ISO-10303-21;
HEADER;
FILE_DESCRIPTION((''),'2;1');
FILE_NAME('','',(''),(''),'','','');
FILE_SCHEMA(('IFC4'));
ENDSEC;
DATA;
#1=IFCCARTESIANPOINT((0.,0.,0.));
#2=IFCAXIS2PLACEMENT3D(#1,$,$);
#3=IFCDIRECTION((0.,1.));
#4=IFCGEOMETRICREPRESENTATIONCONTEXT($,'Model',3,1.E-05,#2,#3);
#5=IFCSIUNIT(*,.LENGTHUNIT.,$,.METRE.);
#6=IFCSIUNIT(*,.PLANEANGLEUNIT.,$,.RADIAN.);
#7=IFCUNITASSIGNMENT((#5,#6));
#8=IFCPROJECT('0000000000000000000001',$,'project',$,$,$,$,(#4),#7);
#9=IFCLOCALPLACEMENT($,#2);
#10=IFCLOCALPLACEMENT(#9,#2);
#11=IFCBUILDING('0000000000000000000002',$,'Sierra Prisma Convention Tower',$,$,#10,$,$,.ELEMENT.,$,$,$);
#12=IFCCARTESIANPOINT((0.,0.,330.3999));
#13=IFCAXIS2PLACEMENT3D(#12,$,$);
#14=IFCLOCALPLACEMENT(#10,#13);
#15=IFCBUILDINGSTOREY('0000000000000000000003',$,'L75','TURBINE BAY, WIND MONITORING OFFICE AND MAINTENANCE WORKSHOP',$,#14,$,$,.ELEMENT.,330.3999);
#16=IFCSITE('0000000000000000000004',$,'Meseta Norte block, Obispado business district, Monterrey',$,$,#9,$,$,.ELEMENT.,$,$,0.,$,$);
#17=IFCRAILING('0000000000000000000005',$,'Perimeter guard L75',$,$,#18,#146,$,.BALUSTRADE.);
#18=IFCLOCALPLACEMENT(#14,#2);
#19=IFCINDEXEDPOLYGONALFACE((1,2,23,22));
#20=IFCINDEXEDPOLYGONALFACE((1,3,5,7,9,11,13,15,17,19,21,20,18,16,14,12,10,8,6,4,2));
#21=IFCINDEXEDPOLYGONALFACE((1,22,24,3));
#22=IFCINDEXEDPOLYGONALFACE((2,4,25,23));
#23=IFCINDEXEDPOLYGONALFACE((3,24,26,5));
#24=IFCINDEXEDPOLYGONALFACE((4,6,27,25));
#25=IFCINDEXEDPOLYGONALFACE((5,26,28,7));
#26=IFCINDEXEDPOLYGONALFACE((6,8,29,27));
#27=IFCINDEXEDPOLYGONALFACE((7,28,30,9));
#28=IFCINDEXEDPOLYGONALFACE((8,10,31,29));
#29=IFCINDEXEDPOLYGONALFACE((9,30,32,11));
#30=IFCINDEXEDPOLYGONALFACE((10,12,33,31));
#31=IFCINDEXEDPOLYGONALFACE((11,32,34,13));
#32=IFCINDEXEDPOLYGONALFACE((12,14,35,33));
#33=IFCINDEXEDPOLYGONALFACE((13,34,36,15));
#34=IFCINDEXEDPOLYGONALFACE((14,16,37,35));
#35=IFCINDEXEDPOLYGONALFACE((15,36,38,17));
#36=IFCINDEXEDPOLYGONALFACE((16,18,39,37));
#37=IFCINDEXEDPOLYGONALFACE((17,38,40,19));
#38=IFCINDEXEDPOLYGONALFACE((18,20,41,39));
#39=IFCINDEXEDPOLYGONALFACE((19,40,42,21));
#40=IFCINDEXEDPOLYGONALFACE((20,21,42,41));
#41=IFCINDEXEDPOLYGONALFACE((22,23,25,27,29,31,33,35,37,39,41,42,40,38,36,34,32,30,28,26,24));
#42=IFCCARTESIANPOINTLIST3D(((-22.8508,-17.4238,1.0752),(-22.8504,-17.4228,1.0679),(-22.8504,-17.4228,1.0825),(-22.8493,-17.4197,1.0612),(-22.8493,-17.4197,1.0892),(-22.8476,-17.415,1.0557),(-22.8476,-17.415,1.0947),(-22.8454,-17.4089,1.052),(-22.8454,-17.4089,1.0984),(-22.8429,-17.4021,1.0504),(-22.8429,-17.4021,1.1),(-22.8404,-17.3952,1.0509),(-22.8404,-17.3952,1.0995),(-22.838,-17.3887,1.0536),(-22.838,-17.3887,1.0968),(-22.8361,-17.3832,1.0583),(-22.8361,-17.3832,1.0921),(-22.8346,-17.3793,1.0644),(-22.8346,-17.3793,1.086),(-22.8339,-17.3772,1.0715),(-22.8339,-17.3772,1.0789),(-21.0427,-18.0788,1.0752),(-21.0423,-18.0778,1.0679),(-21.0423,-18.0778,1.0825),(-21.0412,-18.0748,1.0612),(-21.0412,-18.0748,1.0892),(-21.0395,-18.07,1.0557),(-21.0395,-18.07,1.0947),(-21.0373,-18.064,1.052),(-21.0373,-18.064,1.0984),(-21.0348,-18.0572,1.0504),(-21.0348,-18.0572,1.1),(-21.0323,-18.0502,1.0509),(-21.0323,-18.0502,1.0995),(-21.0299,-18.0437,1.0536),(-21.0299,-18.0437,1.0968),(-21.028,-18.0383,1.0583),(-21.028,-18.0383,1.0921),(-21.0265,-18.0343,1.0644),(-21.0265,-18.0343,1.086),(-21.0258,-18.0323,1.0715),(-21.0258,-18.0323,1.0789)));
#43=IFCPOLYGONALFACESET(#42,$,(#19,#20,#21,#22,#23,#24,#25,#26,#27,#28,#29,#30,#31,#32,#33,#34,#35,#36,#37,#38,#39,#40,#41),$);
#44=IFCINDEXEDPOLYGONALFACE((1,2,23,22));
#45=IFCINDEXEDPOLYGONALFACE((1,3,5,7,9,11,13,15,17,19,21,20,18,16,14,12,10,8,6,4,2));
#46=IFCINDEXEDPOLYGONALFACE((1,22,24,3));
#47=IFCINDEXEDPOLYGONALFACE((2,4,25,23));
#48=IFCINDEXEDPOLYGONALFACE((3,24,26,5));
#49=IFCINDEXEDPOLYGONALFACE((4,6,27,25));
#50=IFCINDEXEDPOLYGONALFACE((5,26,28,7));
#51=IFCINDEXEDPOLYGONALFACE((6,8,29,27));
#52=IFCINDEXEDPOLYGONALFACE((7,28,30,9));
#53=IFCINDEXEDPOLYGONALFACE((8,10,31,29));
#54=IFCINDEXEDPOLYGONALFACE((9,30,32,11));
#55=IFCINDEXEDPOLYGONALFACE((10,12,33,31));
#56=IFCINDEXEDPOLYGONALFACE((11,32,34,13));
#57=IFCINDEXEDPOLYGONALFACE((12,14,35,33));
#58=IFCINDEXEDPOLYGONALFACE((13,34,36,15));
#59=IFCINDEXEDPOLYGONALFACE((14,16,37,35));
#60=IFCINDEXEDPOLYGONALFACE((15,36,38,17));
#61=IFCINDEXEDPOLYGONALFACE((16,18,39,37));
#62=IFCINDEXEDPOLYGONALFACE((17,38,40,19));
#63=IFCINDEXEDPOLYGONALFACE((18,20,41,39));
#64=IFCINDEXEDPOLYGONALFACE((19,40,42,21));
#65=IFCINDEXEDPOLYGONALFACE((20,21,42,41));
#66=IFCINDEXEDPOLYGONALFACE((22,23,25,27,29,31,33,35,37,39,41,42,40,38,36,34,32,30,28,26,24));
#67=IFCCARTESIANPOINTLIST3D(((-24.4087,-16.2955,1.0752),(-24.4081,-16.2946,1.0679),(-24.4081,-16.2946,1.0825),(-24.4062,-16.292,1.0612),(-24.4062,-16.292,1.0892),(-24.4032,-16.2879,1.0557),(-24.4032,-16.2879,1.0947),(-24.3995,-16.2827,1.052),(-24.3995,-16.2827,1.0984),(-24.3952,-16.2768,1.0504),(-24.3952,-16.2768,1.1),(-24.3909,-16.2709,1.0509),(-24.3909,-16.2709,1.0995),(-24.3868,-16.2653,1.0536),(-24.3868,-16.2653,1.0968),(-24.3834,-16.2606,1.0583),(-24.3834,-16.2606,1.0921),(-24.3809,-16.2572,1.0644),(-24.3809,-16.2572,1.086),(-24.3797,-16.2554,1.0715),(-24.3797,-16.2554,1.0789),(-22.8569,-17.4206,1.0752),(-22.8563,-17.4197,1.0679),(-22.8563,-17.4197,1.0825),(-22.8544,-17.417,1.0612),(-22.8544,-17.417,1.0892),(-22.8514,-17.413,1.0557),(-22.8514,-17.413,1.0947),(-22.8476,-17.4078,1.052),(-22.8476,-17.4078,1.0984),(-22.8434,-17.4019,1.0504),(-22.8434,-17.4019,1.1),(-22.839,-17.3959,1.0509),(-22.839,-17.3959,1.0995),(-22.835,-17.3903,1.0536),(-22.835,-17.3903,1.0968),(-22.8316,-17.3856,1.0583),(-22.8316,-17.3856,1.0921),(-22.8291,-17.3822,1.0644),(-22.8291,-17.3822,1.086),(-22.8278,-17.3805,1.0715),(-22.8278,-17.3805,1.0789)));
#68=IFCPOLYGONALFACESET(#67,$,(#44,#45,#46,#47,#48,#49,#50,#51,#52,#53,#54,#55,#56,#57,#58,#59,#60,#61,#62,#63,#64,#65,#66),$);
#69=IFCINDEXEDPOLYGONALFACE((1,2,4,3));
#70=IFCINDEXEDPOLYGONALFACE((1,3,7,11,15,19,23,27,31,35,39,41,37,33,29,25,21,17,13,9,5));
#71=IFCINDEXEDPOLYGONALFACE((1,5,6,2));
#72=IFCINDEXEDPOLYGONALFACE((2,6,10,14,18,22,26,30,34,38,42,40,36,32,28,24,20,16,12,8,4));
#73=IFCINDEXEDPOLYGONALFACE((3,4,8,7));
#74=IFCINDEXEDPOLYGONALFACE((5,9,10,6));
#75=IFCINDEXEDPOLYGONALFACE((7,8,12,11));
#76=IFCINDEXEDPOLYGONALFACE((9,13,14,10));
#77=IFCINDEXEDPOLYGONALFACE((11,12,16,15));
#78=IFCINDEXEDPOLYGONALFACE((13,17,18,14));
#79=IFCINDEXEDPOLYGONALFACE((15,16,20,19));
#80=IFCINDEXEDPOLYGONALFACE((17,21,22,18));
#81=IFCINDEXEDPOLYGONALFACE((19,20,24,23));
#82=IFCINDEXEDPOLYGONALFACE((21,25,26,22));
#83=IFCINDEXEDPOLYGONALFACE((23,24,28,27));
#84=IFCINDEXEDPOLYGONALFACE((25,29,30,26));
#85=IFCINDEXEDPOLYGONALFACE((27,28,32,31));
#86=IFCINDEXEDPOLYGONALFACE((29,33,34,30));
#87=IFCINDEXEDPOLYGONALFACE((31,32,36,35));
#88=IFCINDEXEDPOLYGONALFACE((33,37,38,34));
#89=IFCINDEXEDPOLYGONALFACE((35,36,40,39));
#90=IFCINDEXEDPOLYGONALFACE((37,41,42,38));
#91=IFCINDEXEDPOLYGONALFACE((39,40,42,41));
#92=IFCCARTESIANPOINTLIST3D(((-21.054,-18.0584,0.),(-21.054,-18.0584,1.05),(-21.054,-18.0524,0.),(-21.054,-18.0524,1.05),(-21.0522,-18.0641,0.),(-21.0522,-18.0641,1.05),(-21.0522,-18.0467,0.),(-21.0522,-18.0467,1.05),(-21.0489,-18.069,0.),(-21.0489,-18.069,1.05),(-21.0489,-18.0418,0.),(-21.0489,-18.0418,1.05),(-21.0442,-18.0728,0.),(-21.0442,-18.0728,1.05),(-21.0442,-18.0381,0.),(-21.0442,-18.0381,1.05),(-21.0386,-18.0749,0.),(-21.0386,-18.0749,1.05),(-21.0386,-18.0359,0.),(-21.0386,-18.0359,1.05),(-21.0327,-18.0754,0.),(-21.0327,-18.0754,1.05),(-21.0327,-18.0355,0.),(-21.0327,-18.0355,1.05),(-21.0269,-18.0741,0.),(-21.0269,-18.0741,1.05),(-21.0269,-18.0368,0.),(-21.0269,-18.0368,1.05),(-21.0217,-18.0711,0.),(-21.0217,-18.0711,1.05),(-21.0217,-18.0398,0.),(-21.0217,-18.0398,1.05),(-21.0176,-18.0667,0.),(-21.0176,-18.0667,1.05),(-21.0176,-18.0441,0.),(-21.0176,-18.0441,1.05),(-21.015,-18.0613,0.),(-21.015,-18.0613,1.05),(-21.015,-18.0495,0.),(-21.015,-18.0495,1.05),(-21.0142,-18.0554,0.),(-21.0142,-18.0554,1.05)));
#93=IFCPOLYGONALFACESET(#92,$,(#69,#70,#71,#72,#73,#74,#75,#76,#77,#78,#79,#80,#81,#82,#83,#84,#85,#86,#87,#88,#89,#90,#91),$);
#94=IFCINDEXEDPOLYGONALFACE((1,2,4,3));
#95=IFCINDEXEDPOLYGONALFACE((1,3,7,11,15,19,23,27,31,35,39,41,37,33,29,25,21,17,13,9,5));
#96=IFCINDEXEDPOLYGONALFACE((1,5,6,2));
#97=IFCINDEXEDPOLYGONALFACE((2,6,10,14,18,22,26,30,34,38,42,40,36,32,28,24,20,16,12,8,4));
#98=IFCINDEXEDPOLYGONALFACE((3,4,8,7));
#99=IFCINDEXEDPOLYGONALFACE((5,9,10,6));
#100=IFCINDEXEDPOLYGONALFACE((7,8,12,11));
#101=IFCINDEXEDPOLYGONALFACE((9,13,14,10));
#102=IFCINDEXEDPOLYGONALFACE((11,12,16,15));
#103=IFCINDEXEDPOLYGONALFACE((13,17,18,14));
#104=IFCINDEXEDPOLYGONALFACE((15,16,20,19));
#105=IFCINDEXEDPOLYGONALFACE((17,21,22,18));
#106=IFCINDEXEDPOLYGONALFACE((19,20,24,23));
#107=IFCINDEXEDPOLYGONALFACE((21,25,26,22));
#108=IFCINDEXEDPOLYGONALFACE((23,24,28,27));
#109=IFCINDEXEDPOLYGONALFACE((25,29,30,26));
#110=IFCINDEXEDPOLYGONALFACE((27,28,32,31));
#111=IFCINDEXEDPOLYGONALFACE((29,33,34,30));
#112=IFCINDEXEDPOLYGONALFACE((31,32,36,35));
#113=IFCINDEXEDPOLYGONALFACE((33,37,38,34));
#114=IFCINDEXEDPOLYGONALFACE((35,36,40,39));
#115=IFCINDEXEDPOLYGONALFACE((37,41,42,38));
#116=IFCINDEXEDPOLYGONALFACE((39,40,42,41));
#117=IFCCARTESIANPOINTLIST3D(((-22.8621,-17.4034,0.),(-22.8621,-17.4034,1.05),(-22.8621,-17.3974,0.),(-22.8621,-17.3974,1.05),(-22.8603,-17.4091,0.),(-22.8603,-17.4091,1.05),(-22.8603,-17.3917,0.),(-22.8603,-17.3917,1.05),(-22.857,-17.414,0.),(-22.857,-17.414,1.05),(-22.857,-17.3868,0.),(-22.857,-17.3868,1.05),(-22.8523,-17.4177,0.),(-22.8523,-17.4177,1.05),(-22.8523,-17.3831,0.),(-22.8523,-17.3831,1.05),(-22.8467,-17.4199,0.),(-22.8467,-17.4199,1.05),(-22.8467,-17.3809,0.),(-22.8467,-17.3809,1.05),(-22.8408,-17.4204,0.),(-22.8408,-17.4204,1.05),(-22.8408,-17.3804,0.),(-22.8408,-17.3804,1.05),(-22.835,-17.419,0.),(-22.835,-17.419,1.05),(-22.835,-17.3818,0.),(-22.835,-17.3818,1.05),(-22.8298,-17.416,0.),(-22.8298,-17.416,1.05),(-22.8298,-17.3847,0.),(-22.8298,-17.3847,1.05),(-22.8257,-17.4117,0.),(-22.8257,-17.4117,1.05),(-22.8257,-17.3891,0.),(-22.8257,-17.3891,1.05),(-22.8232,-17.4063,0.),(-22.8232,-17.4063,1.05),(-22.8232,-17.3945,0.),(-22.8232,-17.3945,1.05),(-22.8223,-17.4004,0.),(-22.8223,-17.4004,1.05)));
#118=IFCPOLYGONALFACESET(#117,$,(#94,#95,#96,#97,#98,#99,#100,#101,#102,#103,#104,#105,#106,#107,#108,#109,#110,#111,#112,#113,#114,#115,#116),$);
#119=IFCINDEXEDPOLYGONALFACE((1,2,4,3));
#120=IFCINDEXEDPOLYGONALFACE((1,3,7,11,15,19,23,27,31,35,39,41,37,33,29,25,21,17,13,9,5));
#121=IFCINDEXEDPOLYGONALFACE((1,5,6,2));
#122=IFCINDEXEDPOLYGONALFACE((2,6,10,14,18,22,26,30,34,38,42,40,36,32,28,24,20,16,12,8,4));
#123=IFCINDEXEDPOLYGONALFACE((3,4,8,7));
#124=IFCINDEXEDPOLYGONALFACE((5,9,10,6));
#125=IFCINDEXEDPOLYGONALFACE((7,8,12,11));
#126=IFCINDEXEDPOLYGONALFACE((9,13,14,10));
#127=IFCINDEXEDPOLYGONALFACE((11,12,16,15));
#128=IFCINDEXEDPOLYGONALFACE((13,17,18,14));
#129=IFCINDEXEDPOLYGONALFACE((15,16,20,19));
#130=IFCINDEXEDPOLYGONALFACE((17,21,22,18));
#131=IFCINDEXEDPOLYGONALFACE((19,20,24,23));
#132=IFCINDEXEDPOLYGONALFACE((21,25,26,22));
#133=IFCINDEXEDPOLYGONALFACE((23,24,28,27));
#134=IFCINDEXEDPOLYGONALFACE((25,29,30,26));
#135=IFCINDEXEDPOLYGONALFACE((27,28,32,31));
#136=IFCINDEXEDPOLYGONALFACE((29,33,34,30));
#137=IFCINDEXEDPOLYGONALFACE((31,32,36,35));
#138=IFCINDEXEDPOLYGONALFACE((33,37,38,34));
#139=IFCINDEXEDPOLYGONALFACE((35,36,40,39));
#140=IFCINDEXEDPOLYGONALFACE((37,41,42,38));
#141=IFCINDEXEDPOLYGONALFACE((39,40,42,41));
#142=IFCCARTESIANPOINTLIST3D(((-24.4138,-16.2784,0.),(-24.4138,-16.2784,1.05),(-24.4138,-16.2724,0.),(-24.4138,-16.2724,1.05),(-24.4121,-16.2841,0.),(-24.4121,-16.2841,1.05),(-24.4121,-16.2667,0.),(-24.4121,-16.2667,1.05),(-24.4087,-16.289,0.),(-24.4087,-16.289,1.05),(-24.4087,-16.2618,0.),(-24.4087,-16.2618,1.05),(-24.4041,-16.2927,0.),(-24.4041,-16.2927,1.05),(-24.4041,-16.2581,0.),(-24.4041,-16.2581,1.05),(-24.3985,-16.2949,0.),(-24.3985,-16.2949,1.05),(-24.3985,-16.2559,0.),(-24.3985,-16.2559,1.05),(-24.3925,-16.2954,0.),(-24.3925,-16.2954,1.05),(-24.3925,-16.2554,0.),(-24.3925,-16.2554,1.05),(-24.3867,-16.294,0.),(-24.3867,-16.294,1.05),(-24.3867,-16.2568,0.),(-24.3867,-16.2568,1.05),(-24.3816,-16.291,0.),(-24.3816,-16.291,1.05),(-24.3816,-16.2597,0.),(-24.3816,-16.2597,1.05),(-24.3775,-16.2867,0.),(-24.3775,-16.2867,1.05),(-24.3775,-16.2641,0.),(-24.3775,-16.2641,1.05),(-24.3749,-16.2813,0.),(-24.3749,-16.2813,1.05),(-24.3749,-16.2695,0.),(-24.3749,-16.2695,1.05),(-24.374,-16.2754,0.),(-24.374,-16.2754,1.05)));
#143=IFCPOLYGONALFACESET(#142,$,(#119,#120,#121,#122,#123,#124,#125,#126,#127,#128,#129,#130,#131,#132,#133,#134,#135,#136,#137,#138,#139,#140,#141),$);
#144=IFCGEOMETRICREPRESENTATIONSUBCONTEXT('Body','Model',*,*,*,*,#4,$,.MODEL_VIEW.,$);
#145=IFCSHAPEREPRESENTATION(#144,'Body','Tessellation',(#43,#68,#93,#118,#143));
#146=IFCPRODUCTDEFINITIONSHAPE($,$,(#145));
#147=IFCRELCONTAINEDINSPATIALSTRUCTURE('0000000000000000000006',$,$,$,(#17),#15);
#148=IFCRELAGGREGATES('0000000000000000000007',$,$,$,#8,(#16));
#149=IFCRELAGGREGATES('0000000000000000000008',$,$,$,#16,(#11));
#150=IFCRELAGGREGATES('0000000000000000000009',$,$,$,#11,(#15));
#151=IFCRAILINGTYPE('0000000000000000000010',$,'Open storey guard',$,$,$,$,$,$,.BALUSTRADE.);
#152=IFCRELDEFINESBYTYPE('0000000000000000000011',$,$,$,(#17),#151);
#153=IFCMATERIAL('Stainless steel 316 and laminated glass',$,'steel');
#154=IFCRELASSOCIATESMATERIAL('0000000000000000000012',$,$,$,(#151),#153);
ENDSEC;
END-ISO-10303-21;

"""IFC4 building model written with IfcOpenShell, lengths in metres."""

from ifc_helpers import new_model, si_unit, direction, frame, origin, origin_2d, place, context, subcontext, project, spatial, circle, extrude, material, type_object, element, save


model = new_model("IFC4")

# Units and contexts
model_context = context("Model", 3, precision=1e-05, world=origin(), true_north=direction((0.0, 1.0)))
body_context = subcontext(model_context, "Body", "Model", "MODEL_VIEW")
ifc_project = project(units=[si_unit("LENGTHUNIT", "METRE"), si_unit("PLANEANGLEUNIT", "RADIAN")], contexts=[model_context])

# Site, building, storey
site_placement = place(None, origin())
site = spatial("IfcSite", under=ifc_project, at=site_placement, Name="Meseta Norte block, Obispado business district, Monterrey", CompositionType="ELEMENT", RefElevation=0.0)
building_placement = place(site_placement, origin())
building = spatial("IfcBuilding", under=site, at=building_placement, Name="Sierra Prisma Convention Tower", CompositionType="ELEMENT")
storey_placement = place(building_placement, frame((0.0, 0.0, 330.3999)))
storey = spatial("IfcBuildingStorey", under=building, at=storey_placement, Name="L75", Description="TURBINE BAY, WIND MONITORING OFFICE AND MAINTENANCE WORKSHOP", CompositionType="ELEMENT", Elevation=330.3999)

# Railing
ifc_material_1 = material(Name="Stainless steel 316 and laminated glass", Category="steel")
railing_type = type_object("IfcRailingType", Name="Open storey guard", PredefinedType="BALUSTRADE", material=ifc_material_1)
railing_1_placement = place(storey_placement, frame((-21.0342, -18.0554, 0.0)))
element("IfcRailing", 1, at=railing_1_placement, inside=storey, type_object=railing_type, Name="Perimeter guard L75", PredefinedType="BALUSTRADE", context=body_context, shape_type="SweptSolid", body=[
    extrude(circle(Radius=0.0249, at=origin_2d()), frame((0.0, 0.0, 1.0752), z_axis=(-0.940204, 0.340611, 0.0), x_axis=(-0.340611, -0.940204, 0.0)), (0.0, 0.0, 1.0), 1.9231),
    extrude(circle(Radius=0.0249, at=origin_2d()), frame((-1.8081, 0.655, 1.0752), z_axis=(-0.809616, 0.586959, 0.0), x_axis=(-0.586959, -0.809616, 0.0)), (0.0, 0.0, 1.0), 1.9167),
    extrude(circle(Radius=0.02, at=origin_2d()), origin(), (0.0, 0.0, 1.0), 1.05),
    extrude(circle(Radius=0.02, at=origin_2d()), frame((-1.8081, 0.655, 0.0)), (0.0, 0.0, 1.0), 1.05),
    extrude(circle(Radius=0.02, at=origin_2d()), frame((-3.3599, 1.78, 0.0)), (0.0, 0.0, 1.0), 1.05),
])

save(model, "model.ifc")
